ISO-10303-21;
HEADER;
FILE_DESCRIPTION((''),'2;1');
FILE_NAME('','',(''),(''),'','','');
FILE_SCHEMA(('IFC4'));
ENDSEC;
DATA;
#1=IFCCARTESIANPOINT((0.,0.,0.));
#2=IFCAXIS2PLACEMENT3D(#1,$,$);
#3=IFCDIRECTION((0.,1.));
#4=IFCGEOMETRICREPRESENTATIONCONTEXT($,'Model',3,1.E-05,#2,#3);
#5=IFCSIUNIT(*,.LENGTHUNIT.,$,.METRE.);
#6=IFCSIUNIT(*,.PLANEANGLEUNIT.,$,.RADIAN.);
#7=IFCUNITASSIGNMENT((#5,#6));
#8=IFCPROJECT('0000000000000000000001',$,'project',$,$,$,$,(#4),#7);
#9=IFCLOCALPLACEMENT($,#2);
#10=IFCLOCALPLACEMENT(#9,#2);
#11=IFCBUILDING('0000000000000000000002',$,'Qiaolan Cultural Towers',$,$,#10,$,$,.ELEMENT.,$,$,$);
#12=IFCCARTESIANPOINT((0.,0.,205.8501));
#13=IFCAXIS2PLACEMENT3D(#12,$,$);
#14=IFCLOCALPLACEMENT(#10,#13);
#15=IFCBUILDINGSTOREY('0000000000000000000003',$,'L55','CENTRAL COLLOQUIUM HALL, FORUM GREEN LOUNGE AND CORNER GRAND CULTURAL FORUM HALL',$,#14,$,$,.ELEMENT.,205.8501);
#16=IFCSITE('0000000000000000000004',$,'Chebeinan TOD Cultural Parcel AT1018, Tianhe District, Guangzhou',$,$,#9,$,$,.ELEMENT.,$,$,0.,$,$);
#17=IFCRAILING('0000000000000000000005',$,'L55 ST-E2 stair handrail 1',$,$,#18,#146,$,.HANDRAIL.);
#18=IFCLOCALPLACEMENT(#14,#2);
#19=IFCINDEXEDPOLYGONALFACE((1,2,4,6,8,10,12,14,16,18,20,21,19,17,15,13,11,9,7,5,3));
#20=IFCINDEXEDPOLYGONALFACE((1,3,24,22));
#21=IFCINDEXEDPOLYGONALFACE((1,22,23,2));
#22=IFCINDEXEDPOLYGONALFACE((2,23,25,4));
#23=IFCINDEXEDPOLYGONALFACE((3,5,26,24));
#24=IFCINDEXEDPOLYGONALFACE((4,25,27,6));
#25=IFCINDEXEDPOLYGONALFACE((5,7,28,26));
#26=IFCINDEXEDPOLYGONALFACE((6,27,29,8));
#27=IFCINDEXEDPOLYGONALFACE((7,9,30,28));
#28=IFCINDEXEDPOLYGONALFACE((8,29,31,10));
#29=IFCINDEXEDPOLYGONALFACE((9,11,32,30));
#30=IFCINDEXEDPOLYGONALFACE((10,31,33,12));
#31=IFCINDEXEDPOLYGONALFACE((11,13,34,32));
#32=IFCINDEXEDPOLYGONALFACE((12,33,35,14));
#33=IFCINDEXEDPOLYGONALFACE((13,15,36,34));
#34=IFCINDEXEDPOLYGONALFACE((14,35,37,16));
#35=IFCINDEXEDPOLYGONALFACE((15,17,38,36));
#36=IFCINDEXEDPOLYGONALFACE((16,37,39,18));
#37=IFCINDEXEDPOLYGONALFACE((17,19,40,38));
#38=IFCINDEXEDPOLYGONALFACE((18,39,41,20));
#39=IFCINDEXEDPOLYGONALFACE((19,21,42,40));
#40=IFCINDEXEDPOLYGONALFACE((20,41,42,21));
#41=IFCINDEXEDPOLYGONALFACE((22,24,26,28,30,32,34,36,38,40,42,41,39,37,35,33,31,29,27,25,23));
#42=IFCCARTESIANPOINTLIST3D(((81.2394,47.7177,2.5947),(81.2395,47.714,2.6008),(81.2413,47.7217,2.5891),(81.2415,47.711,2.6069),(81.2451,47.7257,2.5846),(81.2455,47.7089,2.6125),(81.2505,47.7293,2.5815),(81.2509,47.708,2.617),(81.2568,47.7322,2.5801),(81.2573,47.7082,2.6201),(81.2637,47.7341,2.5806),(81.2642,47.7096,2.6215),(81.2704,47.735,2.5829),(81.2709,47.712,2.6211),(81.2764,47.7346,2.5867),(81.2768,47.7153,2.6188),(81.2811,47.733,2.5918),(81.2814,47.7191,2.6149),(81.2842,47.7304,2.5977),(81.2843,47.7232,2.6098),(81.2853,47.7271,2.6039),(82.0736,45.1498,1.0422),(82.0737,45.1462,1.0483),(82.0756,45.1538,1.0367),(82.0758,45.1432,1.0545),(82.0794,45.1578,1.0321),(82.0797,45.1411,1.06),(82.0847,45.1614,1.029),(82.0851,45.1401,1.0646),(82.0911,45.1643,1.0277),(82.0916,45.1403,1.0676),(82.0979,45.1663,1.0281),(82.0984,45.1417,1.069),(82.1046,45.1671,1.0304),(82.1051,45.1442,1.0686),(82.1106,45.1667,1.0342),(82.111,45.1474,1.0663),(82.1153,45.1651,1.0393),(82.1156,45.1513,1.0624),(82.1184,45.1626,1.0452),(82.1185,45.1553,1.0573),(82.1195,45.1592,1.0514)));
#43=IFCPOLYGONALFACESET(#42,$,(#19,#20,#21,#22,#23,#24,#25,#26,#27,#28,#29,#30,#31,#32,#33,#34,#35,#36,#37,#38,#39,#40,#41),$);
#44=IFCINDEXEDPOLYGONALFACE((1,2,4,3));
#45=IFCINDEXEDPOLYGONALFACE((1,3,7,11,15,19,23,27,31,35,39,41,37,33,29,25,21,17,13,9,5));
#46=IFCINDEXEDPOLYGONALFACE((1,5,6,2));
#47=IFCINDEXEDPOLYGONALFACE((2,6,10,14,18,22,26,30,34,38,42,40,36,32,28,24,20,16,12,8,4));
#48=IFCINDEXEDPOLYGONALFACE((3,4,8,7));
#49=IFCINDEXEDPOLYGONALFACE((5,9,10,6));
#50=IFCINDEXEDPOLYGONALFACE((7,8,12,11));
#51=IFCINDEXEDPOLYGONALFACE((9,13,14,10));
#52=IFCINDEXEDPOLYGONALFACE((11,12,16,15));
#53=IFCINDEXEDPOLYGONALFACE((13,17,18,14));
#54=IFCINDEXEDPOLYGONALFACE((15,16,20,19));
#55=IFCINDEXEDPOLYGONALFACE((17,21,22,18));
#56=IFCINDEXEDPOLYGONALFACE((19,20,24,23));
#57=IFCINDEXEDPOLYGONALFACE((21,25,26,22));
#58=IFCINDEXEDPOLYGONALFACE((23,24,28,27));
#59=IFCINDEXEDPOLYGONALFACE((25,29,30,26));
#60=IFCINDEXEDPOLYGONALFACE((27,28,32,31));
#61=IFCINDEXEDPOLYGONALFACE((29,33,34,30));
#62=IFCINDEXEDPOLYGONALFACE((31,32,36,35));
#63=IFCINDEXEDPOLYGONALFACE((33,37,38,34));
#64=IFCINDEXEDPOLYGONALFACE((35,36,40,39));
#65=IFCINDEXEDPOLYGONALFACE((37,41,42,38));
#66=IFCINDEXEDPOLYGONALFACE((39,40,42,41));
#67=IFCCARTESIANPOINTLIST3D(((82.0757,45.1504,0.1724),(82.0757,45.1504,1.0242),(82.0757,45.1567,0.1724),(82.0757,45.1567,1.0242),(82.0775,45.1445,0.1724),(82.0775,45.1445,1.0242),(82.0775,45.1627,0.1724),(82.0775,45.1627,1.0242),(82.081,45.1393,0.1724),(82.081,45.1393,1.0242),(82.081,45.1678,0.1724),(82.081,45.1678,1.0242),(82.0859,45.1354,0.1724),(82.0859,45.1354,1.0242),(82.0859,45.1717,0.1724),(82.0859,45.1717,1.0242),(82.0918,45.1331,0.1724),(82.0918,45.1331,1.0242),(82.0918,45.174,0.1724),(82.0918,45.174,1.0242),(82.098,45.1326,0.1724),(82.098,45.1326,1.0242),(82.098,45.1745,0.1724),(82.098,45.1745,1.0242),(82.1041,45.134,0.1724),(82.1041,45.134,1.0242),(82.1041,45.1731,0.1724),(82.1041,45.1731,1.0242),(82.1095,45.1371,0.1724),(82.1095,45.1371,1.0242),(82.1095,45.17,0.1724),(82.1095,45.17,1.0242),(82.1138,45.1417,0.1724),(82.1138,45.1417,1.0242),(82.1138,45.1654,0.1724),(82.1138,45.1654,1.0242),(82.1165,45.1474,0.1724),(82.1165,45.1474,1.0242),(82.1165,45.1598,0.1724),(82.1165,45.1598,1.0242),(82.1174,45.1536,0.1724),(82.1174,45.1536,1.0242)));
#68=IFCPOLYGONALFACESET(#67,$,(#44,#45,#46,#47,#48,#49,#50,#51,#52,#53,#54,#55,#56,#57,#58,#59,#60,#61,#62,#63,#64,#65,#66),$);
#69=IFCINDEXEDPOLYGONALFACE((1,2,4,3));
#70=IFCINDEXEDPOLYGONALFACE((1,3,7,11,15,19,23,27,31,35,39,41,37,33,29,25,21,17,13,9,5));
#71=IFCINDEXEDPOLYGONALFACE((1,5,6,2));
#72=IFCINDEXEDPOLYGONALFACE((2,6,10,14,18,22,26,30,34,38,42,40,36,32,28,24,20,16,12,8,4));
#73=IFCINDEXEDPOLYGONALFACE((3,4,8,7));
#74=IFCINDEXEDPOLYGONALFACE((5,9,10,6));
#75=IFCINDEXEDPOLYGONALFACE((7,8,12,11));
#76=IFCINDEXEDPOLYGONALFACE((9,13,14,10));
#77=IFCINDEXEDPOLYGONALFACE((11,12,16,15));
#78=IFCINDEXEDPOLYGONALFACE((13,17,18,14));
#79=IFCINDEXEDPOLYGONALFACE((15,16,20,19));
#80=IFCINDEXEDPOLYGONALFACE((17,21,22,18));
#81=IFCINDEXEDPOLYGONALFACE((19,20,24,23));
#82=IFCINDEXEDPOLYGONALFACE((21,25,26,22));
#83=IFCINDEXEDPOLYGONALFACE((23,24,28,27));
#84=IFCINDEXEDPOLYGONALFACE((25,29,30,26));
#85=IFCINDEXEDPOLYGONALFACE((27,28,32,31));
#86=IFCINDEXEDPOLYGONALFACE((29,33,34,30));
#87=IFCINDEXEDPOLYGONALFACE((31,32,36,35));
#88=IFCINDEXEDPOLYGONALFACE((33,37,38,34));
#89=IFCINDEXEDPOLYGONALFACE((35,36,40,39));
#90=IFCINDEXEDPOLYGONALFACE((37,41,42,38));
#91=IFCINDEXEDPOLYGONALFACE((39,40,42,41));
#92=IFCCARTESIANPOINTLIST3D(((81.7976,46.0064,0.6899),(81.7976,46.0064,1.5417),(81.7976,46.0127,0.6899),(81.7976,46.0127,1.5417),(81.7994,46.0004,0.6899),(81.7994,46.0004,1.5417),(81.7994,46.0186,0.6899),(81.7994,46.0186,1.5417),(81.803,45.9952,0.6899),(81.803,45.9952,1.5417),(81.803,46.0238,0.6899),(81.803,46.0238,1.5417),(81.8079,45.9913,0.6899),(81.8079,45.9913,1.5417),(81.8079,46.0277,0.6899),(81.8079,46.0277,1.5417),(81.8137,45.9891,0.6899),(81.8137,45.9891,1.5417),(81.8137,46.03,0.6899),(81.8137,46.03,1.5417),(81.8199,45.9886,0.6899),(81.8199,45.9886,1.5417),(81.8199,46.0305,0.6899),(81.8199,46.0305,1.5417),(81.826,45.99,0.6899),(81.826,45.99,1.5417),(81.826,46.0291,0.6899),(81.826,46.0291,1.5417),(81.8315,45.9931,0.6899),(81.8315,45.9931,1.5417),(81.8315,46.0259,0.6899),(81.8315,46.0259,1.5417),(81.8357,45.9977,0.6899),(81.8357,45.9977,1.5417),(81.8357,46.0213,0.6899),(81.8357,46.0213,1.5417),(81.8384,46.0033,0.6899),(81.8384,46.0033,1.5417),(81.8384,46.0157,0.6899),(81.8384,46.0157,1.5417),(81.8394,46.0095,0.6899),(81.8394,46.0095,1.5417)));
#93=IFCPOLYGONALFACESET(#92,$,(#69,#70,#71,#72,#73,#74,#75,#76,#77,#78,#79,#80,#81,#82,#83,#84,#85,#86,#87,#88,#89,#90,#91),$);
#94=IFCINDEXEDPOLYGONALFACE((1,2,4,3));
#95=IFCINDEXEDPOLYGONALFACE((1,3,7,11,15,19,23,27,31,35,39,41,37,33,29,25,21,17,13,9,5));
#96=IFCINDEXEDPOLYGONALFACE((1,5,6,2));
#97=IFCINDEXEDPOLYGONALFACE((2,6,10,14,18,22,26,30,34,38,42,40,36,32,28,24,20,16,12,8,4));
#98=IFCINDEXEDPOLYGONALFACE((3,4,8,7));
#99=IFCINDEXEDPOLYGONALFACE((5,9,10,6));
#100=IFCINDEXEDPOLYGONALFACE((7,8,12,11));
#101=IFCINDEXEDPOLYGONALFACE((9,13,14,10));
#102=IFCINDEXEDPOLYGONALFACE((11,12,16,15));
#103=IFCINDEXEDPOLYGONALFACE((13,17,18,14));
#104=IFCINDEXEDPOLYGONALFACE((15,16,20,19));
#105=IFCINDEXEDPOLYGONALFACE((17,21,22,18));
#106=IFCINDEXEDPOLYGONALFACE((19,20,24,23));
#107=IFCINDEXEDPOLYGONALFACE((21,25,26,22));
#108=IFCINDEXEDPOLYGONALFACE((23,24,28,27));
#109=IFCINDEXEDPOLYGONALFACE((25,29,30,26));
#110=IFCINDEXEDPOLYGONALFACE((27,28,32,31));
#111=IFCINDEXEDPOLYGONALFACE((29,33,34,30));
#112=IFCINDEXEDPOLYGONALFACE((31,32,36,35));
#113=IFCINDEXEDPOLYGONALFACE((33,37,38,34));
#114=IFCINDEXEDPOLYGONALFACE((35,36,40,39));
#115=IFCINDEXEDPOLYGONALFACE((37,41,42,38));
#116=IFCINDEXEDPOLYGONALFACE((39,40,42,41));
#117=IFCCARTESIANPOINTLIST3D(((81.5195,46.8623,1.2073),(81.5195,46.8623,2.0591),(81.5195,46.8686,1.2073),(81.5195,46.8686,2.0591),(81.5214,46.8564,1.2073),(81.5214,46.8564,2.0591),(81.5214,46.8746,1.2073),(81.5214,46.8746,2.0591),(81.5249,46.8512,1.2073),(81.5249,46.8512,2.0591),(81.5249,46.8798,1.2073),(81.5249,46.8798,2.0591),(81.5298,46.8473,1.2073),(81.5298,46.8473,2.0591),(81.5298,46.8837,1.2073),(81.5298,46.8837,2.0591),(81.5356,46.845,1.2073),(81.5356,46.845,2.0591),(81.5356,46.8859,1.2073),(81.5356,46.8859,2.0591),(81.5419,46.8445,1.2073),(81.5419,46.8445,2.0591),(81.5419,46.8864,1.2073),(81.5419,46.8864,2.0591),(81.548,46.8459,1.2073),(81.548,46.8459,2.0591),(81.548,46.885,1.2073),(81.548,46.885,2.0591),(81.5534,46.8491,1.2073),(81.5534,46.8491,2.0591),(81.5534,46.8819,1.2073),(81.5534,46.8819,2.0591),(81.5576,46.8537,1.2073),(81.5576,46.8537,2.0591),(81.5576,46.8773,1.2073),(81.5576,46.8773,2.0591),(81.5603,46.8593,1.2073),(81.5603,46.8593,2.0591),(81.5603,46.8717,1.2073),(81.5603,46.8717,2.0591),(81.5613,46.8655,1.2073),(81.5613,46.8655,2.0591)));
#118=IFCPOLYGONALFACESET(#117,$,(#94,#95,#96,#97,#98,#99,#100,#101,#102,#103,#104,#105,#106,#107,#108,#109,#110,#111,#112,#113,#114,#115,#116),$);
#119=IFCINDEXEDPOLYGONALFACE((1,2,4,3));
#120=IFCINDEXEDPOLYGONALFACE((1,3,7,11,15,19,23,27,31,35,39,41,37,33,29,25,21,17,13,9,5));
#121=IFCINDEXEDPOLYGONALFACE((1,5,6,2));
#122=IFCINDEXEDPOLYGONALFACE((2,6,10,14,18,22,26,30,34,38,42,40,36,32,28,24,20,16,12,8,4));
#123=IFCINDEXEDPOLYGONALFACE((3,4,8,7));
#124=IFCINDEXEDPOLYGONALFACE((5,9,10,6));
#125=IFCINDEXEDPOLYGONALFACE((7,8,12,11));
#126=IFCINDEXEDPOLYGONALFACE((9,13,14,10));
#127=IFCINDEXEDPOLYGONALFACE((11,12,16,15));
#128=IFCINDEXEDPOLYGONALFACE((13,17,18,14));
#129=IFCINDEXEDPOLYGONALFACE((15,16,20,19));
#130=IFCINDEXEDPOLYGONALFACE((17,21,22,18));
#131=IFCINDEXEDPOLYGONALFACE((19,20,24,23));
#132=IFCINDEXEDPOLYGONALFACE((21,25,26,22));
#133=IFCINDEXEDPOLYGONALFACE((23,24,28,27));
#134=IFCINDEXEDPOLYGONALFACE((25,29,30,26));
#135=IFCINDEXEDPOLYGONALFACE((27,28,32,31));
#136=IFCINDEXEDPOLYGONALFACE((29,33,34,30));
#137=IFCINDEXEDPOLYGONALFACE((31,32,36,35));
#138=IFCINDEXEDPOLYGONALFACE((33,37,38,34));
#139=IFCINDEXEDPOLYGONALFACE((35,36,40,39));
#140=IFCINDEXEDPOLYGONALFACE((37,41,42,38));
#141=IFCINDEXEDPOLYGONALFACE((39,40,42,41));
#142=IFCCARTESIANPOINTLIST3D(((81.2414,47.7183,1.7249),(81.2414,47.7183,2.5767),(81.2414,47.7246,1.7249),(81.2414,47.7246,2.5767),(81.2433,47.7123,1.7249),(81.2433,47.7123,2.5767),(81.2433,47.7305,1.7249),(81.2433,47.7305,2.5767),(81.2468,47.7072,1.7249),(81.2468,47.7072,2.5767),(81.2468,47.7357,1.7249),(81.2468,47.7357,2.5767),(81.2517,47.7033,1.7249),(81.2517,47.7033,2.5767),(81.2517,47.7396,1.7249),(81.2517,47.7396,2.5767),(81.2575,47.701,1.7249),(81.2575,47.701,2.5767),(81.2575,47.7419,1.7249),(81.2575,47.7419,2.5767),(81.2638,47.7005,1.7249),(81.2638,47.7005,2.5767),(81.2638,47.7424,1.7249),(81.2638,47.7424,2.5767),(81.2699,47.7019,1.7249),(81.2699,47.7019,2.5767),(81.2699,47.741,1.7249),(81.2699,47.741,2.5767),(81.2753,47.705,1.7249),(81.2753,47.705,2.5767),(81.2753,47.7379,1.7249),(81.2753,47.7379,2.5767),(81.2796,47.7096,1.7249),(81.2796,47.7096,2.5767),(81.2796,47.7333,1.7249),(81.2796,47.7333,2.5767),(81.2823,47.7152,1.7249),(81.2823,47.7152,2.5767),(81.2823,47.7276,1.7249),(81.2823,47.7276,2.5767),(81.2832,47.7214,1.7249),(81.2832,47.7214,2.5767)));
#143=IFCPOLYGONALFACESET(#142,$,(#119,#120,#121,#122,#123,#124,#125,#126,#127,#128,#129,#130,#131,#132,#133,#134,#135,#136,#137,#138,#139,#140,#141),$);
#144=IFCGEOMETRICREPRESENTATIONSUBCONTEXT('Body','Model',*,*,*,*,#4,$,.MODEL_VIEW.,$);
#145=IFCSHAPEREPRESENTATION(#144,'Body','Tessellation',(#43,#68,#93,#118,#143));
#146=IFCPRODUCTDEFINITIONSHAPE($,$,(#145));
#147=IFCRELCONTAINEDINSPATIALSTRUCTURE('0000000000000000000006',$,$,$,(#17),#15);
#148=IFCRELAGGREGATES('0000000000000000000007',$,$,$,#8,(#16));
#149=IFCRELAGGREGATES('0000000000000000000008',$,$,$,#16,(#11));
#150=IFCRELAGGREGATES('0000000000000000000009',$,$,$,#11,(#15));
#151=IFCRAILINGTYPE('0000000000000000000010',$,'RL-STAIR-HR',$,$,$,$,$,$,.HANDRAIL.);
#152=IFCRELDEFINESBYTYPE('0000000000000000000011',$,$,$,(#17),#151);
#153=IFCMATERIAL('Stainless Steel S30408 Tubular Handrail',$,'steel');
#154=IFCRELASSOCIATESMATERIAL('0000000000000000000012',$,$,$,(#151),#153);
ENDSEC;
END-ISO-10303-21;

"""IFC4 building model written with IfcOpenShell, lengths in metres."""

from ifc_helpers import new_model, si_unit, direction, frame, origin, origin_2d, place, context, subcontext, project, spatial, circle, extrude, material, type_object, element, save


model = new_model("IFC4")

# Units and contexts
model_context = context("Model", 3, precision=1e-05, world=origin(), true_north=direction((0.0, 1.0)))
body_context = subcontext(model_context, "Body", "Model", "MODEL_VIEW")
ifc_project = project(units=[si_unit("LENGTHUNIT", "METRE"), si_unit("PLANEANGLEUNIT", "RADIAN")], contexts=[model_context])

# Site, building, storey
site_placement = place(None, origin())
site = spatial("IfcSite", under=ifc_project, at=site_placement, Name="Chebeinan TOD Cultural Parcel AT1018, Tianhe District, Guangzhou", CompositionType="ELEMENT", RefElevation=0.0)
building_placement = place(site_placement, origin())
building = spatial("IfcBuilding", under=site, at=building_placement, Name="Qiaolan Cultural Towers", CompositionType="ELEMENT")
storey_placement = place(building_placement, frame((0.0, 0.0, 205.8501)))
storey = spatial("IfcBuildingStorey", under=building, at=storey_placement, Name="L55", Description="CENTRAL COLLOQUIUM HALL, FORUM GREEN LOUNGE AND CORNER GRAND CULTURAL FORUM HALL", CompositionType="ELEMENT", Elevation=205.8501)

# Railing
ifc_material_1 = material(Name="Stainless Steel S30408 Tubular Handrail", Category="steel")
railing_type_1 = type_object("IfcRailingType", Name="RL-STAIR-HR", PredefinedType="HANDRAIL", material=ifc_material_1)
railing_1_placement = place(storey_placement, frame((82.0964, 45.1536, 0.1724)))
element("IfcRailing", 1, at=railing_1_placement, inside=storey, type_object=railing_type_1, Name="L55 ST-E2 stair handrail 1", PredefinedType="HANDRAIL", context=body_context, shape_type="SweptSolid", body=[
    extrude(circle(Radius=0.0239, at=origin_2d()), frame((0.0, 0.0, 0.876), z_axis=(-0.267853, 0.824488, 0.498471), x_axis=(-0.95107, -0.308976, 0.0)), (0.0, 0.0, 1.0), 3.1145),
    extrude(circle(Radius=0.021, at=origin_2d()), origin(), (0.0, 0.0, 1.0), 0.8518),
    extrude(circle(Radius=0.021, at=origin_2d()), frame((-0.2781, 0.856, 0.5176)), (0.0, 0.0, 1.0), 0.8518),
    extrude(circle(Radius=0.021, at=origin_2d()), frame((-0.5562, 1.7119, 1.0349)), (0.0, 0.0, 1.0), 0.8518),
    extrude(circle(Radius=0.021, at=origin_2d()), frame((-0.8342, 2.5679, 1.5525)), (0.0, 0.0, 1.0), 0.8518),
])

save(model, "model.ifc")
